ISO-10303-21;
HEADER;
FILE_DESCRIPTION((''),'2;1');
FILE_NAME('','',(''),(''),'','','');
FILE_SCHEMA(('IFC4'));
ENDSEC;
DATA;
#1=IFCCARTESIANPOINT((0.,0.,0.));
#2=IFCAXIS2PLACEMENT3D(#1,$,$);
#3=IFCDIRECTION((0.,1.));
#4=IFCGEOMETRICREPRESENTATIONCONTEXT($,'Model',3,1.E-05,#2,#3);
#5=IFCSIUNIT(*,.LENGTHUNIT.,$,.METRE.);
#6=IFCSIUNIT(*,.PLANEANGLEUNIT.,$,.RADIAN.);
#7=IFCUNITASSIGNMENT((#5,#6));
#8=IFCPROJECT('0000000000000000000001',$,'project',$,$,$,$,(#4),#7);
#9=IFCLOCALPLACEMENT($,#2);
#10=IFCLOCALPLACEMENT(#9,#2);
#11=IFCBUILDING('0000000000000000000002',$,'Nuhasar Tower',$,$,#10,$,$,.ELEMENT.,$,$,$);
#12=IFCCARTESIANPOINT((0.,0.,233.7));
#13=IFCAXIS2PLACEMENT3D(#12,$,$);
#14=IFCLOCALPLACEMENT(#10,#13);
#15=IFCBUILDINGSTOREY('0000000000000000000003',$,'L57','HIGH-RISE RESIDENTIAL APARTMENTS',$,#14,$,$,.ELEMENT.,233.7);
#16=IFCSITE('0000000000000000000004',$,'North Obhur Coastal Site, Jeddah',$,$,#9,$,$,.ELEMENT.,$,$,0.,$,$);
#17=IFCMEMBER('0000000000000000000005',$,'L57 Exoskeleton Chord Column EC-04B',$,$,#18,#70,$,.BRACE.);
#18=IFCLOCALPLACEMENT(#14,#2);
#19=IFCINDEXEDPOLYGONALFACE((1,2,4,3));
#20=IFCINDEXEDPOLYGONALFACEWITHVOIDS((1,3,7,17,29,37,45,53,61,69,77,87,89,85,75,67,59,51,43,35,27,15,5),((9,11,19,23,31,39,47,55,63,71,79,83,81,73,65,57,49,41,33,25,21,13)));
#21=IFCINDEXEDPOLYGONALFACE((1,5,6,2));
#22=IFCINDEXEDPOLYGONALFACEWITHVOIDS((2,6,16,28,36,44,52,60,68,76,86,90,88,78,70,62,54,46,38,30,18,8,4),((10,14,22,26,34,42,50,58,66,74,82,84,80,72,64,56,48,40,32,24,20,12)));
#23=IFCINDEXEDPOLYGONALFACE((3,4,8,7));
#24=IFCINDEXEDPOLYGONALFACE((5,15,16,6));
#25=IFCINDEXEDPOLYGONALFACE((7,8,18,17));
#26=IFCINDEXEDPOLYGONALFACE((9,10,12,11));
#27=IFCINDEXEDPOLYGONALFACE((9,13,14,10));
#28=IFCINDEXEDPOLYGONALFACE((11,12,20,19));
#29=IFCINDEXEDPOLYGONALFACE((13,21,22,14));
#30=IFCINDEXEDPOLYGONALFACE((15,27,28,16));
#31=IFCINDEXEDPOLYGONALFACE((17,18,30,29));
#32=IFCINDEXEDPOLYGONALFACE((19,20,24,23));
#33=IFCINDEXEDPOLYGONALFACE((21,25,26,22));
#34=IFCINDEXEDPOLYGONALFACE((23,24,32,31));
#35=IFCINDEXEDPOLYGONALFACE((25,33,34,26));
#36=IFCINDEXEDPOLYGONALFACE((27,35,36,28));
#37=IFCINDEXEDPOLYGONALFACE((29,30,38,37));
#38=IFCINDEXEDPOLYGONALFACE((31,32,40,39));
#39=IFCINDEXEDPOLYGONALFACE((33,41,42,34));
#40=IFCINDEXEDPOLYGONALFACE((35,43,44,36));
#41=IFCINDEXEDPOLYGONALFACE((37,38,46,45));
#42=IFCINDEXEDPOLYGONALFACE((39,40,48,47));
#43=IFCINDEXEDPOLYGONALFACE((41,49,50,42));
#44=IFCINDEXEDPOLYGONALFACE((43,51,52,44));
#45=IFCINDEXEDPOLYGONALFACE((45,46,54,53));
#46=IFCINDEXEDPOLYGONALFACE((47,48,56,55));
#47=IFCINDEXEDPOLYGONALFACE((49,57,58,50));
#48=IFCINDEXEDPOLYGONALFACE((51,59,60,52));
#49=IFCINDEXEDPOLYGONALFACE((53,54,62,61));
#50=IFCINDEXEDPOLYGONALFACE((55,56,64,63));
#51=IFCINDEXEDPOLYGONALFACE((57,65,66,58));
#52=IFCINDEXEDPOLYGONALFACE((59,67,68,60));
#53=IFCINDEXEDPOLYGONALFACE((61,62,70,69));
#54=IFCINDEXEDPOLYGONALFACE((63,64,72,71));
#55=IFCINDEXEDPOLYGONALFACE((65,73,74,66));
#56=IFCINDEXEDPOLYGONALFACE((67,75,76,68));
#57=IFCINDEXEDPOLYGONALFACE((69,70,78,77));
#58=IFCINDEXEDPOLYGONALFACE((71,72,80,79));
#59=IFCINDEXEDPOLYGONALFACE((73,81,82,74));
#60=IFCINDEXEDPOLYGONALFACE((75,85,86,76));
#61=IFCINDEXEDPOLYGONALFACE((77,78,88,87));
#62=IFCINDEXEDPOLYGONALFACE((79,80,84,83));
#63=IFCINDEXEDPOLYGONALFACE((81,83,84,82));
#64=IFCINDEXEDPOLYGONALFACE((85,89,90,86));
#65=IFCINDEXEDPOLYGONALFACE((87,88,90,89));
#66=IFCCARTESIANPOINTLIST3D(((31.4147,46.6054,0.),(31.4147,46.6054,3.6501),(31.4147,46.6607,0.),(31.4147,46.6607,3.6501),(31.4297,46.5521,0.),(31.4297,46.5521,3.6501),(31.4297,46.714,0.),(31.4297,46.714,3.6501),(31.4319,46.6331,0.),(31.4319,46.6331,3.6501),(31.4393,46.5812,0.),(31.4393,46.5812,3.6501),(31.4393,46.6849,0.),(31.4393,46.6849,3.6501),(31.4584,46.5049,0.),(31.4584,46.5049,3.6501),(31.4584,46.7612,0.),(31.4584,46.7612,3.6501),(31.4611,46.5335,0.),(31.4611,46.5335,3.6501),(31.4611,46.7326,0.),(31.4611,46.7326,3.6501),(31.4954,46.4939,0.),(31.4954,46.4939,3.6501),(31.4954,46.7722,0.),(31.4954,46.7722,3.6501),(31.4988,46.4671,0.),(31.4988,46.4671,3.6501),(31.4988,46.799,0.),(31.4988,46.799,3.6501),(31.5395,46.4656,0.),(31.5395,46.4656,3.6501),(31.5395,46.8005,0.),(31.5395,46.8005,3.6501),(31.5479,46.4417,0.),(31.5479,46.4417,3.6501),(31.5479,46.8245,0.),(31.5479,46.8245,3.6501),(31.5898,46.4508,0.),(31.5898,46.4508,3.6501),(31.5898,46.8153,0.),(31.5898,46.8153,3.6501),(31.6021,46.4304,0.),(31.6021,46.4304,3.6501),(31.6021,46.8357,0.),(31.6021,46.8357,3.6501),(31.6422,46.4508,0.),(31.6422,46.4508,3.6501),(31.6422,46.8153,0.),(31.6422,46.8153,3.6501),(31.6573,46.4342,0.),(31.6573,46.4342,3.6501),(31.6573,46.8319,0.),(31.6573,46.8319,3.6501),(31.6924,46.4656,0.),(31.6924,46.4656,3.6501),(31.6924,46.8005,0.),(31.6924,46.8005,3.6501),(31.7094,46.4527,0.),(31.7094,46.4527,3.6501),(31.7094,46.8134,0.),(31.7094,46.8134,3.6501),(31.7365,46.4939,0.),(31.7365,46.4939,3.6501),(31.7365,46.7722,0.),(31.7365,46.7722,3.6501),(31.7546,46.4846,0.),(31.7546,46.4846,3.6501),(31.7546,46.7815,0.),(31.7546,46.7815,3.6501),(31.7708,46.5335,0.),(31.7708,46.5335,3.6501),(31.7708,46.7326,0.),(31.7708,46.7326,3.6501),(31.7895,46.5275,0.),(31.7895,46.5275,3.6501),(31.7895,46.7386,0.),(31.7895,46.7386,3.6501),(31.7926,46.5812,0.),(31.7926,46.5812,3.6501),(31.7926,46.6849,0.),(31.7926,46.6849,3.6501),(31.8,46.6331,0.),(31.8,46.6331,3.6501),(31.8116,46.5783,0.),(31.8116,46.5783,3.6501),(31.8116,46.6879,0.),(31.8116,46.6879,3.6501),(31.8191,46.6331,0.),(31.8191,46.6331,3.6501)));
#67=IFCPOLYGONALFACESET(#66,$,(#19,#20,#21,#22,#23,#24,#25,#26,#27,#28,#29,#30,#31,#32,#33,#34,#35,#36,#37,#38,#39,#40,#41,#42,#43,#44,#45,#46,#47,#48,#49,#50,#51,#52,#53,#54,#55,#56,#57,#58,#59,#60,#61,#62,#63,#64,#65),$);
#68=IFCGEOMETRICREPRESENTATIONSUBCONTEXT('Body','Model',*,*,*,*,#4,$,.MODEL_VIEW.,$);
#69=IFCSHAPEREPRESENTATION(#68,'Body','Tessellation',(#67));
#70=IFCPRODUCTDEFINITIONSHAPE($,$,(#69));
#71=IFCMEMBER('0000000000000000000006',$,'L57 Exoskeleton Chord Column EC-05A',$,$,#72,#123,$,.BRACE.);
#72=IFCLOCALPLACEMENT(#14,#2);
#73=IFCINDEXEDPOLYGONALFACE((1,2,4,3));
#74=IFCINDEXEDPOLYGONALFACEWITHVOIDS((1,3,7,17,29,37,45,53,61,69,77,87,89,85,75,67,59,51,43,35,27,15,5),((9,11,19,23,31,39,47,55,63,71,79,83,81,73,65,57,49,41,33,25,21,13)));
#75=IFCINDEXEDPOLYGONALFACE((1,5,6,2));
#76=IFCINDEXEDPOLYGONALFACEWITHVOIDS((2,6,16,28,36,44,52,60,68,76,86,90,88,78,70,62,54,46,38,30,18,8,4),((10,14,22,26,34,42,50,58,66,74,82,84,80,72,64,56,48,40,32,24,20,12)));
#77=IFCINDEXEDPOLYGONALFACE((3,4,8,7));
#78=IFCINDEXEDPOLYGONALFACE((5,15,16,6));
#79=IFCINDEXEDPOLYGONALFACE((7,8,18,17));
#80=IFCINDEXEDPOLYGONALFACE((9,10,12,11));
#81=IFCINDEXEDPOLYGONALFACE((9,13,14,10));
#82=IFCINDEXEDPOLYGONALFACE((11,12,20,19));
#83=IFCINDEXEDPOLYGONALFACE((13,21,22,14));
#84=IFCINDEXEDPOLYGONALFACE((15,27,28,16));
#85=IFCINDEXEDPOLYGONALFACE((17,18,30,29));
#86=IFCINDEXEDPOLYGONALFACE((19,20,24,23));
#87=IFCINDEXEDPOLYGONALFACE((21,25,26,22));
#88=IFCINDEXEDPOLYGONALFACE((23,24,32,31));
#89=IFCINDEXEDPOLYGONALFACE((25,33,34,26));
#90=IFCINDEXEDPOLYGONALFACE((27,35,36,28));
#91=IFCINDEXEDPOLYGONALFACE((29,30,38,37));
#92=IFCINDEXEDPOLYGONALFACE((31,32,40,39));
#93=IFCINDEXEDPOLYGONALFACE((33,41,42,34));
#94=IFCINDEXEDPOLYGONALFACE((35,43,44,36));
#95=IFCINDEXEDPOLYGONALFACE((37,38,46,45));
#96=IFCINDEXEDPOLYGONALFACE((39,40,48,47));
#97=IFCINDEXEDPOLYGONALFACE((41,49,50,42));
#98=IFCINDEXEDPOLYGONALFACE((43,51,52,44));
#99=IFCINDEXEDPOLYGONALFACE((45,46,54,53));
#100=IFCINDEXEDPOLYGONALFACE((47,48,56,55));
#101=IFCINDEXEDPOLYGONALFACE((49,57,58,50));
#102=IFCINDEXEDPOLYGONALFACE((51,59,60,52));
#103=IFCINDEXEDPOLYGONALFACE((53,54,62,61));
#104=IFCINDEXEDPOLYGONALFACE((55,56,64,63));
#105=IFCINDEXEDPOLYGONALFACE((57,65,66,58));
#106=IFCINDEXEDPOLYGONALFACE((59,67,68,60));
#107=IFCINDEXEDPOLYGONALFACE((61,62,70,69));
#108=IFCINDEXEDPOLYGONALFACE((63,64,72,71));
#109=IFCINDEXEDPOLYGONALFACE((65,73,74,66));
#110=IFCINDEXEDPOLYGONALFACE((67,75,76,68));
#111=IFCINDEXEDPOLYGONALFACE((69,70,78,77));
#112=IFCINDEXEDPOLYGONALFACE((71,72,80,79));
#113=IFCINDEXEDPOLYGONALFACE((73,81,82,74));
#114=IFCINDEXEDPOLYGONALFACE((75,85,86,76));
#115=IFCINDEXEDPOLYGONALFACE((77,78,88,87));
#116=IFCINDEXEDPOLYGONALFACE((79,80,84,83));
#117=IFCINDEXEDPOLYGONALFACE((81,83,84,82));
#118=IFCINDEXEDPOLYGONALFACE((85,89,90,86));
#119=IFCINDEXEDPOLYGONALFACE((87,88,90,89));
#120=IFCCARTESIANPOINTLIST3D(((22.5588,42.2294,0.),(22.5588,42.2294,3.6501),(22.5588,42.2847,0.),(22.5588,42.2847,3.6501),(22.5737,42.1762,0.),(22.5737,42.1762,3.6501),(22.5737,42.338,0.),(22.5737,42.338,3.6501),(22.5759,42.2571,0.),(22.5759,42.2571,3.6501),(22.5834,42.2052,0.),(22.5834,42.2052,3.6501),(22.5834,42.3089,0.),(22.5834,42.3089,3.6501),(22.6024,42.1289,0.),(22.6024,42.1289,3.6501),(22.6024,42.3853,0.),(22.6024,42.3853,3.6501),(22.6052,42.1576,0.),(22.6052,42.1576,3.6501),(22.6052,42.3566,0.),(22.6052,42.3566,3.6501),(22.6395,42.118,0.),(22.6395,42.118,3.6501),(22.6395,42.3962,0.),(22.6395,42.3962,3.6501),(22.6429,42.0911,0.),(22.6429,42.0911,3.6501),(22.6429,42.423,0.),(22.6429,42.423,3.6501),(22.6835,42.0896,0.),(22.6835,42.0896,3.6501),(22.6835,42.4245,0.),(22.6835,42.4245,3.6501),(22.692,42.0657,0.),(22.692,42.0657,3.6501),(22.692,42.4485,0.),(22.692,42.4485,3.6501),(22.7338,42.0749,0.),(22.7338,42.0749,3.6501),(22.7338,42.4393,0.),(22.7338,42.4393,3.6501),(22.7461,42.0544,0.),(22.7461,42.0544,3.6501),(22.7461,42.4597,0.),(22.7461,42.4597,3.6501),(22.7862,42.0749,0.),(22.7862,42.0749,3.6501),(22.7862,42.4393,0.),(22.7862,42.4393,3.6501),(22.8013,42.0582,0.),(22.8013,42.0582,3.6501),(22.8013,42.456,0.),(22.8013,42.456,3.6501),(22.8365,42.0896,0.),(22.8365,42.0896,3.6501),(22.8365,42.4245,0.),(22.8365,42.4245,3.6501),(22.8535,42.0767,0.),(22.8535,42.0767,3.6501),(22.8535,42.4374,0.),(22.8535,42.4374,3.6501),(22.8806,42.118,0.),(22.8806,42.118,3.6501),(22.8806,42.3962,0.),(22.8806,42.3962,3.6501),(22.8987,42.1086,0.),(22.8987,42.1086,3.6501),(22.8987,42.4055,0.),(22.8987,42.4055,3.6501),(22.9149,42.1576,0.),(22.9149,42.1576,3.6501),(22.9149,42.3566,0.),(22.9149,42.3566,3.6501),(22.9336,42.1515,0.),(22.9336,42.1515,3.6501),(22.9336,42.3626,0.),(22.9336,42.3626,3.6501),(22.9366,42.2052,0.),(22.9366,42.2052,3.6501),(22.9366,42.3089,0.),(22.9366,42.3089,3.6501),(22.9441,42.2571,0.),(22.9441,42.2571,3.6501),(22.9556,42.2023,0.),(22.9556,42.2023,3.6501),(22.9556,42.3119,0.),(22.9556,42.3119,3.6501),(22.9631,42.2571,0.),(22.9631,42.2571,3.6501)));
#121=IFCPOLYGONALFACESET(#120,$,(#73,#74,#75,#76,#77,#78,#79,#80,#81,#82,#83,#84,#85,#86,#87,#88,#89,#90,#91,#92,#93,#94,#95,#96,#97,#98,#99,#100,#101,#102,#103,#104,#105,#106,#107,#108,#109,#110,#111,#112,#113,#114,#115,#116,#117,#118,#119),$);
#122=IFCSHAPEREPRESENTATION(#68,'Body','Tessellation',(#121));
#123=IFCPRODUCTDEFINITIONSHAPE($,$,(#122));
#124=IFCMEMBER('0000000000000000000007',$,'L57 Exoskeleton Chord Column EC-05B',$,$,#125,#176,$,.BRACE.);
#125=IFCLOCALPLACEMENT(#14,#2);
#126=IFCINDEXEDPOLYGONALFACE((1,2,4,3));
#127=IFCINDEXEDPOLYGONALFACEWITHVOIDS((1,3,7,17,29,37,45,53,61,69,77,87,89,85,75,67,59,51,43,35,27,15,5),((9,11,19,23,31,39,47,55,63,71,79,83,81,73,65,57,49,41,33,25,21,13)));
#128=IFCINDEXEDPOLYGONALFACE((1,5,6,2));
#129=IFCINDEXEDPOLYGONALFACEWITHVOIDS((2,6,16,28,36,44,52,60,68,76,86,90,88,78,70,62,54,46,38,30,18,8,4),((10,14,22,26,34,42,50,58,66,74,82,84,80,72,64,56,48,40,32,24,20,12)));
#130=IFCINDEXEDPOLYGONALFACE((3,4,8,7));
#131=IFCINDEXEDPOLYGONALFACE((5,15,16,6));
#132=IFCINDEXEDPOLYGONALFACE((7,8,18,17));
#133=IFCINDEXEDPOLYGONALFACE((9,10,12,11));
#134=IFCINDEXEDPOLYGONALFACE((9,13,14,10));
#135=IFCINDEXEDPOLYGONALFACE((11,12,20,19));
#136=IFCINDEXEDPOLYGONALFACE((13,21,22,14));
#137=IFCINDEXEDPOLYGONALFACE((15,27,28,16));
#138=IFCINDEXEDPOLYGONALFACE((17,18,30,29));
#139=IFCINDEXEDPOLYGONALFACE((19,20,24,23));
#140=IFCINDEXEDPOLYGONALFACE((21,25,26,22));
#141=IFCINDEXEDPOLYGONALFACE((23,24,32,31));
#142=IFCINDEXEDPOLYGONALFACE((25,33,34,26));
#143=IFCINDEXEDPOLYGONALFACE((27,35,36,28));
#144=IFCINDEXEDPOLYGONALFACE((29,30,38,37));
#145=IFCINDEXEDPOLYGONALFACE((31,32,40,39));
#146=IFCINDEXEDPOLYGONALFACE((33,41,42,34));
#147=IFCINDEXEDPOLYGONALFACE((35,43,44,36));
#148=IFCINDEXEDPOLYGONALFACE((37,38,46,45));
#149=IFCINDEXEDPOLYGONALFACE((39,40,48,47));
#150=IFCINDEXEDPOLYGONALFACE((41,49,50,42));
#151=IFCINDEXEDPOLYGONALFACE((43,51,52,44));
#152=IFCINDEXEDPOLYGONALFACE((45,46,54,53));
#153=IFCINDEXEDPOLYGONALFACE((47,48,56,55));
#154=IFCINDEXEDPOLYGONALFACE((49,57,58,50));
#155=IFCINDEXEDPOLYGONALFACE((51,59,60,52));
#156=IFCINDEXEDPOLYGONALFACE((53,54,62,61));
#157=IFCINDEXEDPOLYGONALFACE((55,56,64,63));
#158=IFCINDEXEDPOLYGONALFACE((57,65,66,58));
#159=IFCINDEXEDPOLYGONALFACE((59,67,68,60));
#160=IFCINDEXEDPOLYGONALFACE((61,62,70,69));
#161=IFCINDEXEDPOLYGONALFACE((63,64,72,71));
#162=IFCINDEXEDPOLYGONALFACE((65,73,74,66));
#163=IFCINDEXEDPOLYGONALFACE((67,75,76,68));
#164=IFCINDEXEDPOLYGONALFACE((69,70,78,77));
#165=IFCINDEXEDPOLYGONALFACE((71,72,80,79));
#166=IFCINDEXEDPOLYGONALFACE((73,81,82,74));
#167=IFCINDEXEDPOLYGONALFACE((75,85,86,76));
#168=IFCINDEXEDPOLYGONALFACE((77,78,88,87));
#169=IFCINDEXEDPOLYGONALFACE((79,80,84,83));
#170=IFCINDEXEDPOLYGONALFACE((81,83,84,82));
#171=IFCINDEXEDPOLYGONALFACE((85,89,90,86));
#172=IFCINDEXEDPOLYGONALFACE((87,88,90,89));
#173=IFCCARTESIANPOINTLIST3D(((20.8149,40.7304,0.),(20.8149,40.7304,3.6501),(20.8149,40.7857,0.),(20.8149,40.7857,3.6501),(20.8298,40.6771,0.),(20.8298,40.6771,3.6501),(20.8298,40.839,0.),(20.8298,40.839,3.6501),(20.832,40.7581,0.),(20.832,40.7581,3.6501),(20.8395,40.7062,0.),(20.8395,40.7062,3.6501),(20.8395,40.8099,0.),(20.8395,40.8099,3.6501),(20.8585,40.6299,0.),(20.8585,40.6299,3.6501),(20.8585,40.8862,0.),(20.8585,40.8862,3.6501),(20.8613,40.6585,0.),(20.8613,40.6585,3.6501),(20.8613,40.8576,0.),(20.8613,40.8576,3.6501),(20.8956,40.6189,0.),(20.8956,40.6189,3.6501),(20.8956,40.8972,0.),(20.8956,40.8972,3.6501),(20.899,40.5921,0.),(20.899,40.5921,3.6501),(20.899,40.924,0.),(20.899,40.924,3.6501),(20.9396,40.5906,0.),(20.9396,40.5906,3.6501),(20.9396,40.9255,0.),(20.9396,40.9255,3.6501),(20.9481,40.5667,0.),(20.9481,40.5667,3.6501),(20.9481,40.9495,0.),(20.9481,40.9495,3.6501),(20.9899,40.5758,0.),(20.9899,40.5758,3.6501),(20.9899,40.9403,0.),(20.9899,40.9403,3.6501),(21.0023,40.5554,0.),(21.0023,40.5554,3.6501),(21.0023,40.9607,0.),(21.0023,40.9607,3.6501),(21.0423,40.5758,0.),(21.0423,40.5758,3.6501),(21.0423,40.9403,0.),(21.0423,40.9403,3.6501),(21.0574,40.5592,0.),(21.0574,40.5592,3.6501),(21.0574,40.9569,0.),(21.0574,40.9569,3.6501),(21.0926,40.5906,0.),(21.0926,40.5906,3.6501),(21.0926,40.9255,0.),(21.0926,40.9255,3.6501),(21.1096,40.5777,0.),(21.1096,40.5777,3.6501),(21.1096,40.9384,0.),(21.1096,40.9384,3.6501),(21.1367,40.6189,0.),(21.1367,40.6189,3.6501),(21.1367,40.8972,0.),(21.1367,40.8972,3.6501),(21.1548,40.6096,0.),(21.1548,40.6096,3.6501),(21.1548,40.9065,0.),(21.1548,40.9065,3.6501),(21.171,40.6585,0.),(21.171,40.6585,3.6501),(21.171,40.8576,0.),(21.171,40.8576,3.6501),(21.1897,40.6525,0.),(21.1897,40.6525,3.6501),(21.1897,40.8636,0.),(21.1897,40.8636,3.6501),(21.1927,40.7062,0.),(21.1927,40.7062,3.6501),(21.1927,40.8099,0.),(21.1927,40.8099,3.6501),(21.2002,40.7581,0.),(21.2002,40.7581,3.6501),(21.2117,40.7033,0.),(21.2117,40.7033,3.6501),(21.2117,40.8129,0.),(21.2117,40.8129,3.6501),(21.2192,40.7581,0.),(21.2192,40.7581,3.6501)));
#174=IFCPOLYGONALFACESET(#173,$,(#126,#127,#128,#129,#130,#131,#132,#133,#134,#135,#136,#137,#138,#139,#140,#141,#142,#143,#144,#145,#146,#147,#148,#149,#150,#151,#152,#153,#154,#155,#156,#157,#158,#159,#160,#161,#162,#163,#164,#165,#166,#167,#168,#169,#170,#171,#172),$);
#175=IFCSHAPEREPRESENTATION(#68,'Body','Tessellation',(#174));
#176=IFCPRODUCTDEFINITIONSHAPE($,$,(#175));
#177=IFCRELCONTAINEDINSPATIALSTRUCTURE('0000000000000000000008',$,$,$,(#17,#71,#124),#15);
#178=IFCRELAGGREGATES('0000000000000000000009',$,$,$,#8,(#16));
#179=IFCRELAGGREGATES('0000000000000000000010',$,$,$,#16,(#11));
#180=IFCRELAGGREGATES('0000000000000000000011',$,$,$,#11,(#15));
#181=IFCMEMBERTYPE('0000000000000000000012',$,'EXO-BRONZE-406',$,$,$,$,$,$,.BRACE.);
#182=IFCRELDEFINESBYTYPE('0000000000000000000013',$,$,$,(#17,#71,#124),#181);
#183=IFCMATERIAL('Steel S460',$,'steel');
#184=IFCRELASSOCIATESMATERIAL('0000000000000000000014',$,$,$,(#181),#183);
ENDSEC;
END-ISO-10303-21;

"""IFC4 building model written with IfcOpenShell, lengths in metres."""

from ifc_helpers import new_model, si_unit, direction, frame, origin, origin_2d, place, context, subcontext, project, spatial, hollow_circle, extrude, material, material_profile, profile_set, type_object, element, save


model = new_model("IFC4")

# Units and contexts
model_context = context("Model", 3, precision=1e-05, world=origin(), true_north=direction((0.0, 1.0)))
body_context = subcontext(model_context, "Body", "Model", "MODEL_VIEW")
ifc_project = project(units=[si_unit("LENGTHUNIT", "METRE"), si_unit("PLANEANGLEUNIT", "RADIAN")], contexts=[model_context])

# Site, building, storey
site_placement = place(None, origin())
site = spatial("IfcSite", under=ifc_project, at=site_placement, Name="North Obhur Coastal Site, Jeddah", CompositionType="ELEMENT", RefElevation=0.0)
building_placement = place(site_placement, origin())
building = spatial("IfcBuilding", under=site, at=building_placement, Name="Nuhasar Tower", CompositionType="ELEMENT")
storey_placement = place(building_placement, frame((0.0, 0.0, 233.7)))
storey = spatial("IfcBuildingStorey", under=building, at=storey_placement, Name="L57", Description="HIGH-RISE RESIDENTIAL APARTMENTS", CompositionType="ELEMENT", Elevation=233.7)

# Members
ifc_material_1 = material(Name="Steel S460", Category="steel")
ifc_material_profile_1 = material_profile(ifc_material_1, hollow_circle(Radius=0.2031, WallThickness=0.019, at=origin_2d()), Name="HSS406.4X19.1")
ifc_profile_set_1 = profile_set([ifc_material_profile_1], Name="Steel S460")
member_type_1 = type_object("IfcMemberType", Name="EXO-BRONZE-406", PredefinedType="BRACE", material=ifc_profile_set_1)
for number, where, z_axis, x_axis, name in (
    (1, (31.616, 46.6331, 0.0), (0.0, 0.0, 1.0), (1.0, 0.0, 0.0), "L57 Exoskeleton Chord Column EC-04B"),
    (2, (22.76, 42.2571, 0.0), (0.0, 0.0, 1.0), (1.0, 0.0, 0.0), "L57 Exoskeleton Chord Column EC-05A"),
    (3, (21.0161, 40.7581, 0.0), (0.0, 0.0, 1.0), (1.0, 0.0, 0.0), "L57 Exoskeleton Chord Column EC-05B"),
):
    element("IfcMember", number, at=place(storey_placement, frame(where, z_axis=z_axis, x_axis=x_axis)), inside=storey, type_object=member_type_1, Name=name, PredefinedType="BRACE", context=body_context, shape_type="SweptSolid", body=[
        extrude(hollow_circle(Radius=0.2031, WallThickness=0.019, at=origin_2d()), origin(), (0.0, 0.0, 1.0), 3.6501),
    ])

save(model, "model.ifc")
